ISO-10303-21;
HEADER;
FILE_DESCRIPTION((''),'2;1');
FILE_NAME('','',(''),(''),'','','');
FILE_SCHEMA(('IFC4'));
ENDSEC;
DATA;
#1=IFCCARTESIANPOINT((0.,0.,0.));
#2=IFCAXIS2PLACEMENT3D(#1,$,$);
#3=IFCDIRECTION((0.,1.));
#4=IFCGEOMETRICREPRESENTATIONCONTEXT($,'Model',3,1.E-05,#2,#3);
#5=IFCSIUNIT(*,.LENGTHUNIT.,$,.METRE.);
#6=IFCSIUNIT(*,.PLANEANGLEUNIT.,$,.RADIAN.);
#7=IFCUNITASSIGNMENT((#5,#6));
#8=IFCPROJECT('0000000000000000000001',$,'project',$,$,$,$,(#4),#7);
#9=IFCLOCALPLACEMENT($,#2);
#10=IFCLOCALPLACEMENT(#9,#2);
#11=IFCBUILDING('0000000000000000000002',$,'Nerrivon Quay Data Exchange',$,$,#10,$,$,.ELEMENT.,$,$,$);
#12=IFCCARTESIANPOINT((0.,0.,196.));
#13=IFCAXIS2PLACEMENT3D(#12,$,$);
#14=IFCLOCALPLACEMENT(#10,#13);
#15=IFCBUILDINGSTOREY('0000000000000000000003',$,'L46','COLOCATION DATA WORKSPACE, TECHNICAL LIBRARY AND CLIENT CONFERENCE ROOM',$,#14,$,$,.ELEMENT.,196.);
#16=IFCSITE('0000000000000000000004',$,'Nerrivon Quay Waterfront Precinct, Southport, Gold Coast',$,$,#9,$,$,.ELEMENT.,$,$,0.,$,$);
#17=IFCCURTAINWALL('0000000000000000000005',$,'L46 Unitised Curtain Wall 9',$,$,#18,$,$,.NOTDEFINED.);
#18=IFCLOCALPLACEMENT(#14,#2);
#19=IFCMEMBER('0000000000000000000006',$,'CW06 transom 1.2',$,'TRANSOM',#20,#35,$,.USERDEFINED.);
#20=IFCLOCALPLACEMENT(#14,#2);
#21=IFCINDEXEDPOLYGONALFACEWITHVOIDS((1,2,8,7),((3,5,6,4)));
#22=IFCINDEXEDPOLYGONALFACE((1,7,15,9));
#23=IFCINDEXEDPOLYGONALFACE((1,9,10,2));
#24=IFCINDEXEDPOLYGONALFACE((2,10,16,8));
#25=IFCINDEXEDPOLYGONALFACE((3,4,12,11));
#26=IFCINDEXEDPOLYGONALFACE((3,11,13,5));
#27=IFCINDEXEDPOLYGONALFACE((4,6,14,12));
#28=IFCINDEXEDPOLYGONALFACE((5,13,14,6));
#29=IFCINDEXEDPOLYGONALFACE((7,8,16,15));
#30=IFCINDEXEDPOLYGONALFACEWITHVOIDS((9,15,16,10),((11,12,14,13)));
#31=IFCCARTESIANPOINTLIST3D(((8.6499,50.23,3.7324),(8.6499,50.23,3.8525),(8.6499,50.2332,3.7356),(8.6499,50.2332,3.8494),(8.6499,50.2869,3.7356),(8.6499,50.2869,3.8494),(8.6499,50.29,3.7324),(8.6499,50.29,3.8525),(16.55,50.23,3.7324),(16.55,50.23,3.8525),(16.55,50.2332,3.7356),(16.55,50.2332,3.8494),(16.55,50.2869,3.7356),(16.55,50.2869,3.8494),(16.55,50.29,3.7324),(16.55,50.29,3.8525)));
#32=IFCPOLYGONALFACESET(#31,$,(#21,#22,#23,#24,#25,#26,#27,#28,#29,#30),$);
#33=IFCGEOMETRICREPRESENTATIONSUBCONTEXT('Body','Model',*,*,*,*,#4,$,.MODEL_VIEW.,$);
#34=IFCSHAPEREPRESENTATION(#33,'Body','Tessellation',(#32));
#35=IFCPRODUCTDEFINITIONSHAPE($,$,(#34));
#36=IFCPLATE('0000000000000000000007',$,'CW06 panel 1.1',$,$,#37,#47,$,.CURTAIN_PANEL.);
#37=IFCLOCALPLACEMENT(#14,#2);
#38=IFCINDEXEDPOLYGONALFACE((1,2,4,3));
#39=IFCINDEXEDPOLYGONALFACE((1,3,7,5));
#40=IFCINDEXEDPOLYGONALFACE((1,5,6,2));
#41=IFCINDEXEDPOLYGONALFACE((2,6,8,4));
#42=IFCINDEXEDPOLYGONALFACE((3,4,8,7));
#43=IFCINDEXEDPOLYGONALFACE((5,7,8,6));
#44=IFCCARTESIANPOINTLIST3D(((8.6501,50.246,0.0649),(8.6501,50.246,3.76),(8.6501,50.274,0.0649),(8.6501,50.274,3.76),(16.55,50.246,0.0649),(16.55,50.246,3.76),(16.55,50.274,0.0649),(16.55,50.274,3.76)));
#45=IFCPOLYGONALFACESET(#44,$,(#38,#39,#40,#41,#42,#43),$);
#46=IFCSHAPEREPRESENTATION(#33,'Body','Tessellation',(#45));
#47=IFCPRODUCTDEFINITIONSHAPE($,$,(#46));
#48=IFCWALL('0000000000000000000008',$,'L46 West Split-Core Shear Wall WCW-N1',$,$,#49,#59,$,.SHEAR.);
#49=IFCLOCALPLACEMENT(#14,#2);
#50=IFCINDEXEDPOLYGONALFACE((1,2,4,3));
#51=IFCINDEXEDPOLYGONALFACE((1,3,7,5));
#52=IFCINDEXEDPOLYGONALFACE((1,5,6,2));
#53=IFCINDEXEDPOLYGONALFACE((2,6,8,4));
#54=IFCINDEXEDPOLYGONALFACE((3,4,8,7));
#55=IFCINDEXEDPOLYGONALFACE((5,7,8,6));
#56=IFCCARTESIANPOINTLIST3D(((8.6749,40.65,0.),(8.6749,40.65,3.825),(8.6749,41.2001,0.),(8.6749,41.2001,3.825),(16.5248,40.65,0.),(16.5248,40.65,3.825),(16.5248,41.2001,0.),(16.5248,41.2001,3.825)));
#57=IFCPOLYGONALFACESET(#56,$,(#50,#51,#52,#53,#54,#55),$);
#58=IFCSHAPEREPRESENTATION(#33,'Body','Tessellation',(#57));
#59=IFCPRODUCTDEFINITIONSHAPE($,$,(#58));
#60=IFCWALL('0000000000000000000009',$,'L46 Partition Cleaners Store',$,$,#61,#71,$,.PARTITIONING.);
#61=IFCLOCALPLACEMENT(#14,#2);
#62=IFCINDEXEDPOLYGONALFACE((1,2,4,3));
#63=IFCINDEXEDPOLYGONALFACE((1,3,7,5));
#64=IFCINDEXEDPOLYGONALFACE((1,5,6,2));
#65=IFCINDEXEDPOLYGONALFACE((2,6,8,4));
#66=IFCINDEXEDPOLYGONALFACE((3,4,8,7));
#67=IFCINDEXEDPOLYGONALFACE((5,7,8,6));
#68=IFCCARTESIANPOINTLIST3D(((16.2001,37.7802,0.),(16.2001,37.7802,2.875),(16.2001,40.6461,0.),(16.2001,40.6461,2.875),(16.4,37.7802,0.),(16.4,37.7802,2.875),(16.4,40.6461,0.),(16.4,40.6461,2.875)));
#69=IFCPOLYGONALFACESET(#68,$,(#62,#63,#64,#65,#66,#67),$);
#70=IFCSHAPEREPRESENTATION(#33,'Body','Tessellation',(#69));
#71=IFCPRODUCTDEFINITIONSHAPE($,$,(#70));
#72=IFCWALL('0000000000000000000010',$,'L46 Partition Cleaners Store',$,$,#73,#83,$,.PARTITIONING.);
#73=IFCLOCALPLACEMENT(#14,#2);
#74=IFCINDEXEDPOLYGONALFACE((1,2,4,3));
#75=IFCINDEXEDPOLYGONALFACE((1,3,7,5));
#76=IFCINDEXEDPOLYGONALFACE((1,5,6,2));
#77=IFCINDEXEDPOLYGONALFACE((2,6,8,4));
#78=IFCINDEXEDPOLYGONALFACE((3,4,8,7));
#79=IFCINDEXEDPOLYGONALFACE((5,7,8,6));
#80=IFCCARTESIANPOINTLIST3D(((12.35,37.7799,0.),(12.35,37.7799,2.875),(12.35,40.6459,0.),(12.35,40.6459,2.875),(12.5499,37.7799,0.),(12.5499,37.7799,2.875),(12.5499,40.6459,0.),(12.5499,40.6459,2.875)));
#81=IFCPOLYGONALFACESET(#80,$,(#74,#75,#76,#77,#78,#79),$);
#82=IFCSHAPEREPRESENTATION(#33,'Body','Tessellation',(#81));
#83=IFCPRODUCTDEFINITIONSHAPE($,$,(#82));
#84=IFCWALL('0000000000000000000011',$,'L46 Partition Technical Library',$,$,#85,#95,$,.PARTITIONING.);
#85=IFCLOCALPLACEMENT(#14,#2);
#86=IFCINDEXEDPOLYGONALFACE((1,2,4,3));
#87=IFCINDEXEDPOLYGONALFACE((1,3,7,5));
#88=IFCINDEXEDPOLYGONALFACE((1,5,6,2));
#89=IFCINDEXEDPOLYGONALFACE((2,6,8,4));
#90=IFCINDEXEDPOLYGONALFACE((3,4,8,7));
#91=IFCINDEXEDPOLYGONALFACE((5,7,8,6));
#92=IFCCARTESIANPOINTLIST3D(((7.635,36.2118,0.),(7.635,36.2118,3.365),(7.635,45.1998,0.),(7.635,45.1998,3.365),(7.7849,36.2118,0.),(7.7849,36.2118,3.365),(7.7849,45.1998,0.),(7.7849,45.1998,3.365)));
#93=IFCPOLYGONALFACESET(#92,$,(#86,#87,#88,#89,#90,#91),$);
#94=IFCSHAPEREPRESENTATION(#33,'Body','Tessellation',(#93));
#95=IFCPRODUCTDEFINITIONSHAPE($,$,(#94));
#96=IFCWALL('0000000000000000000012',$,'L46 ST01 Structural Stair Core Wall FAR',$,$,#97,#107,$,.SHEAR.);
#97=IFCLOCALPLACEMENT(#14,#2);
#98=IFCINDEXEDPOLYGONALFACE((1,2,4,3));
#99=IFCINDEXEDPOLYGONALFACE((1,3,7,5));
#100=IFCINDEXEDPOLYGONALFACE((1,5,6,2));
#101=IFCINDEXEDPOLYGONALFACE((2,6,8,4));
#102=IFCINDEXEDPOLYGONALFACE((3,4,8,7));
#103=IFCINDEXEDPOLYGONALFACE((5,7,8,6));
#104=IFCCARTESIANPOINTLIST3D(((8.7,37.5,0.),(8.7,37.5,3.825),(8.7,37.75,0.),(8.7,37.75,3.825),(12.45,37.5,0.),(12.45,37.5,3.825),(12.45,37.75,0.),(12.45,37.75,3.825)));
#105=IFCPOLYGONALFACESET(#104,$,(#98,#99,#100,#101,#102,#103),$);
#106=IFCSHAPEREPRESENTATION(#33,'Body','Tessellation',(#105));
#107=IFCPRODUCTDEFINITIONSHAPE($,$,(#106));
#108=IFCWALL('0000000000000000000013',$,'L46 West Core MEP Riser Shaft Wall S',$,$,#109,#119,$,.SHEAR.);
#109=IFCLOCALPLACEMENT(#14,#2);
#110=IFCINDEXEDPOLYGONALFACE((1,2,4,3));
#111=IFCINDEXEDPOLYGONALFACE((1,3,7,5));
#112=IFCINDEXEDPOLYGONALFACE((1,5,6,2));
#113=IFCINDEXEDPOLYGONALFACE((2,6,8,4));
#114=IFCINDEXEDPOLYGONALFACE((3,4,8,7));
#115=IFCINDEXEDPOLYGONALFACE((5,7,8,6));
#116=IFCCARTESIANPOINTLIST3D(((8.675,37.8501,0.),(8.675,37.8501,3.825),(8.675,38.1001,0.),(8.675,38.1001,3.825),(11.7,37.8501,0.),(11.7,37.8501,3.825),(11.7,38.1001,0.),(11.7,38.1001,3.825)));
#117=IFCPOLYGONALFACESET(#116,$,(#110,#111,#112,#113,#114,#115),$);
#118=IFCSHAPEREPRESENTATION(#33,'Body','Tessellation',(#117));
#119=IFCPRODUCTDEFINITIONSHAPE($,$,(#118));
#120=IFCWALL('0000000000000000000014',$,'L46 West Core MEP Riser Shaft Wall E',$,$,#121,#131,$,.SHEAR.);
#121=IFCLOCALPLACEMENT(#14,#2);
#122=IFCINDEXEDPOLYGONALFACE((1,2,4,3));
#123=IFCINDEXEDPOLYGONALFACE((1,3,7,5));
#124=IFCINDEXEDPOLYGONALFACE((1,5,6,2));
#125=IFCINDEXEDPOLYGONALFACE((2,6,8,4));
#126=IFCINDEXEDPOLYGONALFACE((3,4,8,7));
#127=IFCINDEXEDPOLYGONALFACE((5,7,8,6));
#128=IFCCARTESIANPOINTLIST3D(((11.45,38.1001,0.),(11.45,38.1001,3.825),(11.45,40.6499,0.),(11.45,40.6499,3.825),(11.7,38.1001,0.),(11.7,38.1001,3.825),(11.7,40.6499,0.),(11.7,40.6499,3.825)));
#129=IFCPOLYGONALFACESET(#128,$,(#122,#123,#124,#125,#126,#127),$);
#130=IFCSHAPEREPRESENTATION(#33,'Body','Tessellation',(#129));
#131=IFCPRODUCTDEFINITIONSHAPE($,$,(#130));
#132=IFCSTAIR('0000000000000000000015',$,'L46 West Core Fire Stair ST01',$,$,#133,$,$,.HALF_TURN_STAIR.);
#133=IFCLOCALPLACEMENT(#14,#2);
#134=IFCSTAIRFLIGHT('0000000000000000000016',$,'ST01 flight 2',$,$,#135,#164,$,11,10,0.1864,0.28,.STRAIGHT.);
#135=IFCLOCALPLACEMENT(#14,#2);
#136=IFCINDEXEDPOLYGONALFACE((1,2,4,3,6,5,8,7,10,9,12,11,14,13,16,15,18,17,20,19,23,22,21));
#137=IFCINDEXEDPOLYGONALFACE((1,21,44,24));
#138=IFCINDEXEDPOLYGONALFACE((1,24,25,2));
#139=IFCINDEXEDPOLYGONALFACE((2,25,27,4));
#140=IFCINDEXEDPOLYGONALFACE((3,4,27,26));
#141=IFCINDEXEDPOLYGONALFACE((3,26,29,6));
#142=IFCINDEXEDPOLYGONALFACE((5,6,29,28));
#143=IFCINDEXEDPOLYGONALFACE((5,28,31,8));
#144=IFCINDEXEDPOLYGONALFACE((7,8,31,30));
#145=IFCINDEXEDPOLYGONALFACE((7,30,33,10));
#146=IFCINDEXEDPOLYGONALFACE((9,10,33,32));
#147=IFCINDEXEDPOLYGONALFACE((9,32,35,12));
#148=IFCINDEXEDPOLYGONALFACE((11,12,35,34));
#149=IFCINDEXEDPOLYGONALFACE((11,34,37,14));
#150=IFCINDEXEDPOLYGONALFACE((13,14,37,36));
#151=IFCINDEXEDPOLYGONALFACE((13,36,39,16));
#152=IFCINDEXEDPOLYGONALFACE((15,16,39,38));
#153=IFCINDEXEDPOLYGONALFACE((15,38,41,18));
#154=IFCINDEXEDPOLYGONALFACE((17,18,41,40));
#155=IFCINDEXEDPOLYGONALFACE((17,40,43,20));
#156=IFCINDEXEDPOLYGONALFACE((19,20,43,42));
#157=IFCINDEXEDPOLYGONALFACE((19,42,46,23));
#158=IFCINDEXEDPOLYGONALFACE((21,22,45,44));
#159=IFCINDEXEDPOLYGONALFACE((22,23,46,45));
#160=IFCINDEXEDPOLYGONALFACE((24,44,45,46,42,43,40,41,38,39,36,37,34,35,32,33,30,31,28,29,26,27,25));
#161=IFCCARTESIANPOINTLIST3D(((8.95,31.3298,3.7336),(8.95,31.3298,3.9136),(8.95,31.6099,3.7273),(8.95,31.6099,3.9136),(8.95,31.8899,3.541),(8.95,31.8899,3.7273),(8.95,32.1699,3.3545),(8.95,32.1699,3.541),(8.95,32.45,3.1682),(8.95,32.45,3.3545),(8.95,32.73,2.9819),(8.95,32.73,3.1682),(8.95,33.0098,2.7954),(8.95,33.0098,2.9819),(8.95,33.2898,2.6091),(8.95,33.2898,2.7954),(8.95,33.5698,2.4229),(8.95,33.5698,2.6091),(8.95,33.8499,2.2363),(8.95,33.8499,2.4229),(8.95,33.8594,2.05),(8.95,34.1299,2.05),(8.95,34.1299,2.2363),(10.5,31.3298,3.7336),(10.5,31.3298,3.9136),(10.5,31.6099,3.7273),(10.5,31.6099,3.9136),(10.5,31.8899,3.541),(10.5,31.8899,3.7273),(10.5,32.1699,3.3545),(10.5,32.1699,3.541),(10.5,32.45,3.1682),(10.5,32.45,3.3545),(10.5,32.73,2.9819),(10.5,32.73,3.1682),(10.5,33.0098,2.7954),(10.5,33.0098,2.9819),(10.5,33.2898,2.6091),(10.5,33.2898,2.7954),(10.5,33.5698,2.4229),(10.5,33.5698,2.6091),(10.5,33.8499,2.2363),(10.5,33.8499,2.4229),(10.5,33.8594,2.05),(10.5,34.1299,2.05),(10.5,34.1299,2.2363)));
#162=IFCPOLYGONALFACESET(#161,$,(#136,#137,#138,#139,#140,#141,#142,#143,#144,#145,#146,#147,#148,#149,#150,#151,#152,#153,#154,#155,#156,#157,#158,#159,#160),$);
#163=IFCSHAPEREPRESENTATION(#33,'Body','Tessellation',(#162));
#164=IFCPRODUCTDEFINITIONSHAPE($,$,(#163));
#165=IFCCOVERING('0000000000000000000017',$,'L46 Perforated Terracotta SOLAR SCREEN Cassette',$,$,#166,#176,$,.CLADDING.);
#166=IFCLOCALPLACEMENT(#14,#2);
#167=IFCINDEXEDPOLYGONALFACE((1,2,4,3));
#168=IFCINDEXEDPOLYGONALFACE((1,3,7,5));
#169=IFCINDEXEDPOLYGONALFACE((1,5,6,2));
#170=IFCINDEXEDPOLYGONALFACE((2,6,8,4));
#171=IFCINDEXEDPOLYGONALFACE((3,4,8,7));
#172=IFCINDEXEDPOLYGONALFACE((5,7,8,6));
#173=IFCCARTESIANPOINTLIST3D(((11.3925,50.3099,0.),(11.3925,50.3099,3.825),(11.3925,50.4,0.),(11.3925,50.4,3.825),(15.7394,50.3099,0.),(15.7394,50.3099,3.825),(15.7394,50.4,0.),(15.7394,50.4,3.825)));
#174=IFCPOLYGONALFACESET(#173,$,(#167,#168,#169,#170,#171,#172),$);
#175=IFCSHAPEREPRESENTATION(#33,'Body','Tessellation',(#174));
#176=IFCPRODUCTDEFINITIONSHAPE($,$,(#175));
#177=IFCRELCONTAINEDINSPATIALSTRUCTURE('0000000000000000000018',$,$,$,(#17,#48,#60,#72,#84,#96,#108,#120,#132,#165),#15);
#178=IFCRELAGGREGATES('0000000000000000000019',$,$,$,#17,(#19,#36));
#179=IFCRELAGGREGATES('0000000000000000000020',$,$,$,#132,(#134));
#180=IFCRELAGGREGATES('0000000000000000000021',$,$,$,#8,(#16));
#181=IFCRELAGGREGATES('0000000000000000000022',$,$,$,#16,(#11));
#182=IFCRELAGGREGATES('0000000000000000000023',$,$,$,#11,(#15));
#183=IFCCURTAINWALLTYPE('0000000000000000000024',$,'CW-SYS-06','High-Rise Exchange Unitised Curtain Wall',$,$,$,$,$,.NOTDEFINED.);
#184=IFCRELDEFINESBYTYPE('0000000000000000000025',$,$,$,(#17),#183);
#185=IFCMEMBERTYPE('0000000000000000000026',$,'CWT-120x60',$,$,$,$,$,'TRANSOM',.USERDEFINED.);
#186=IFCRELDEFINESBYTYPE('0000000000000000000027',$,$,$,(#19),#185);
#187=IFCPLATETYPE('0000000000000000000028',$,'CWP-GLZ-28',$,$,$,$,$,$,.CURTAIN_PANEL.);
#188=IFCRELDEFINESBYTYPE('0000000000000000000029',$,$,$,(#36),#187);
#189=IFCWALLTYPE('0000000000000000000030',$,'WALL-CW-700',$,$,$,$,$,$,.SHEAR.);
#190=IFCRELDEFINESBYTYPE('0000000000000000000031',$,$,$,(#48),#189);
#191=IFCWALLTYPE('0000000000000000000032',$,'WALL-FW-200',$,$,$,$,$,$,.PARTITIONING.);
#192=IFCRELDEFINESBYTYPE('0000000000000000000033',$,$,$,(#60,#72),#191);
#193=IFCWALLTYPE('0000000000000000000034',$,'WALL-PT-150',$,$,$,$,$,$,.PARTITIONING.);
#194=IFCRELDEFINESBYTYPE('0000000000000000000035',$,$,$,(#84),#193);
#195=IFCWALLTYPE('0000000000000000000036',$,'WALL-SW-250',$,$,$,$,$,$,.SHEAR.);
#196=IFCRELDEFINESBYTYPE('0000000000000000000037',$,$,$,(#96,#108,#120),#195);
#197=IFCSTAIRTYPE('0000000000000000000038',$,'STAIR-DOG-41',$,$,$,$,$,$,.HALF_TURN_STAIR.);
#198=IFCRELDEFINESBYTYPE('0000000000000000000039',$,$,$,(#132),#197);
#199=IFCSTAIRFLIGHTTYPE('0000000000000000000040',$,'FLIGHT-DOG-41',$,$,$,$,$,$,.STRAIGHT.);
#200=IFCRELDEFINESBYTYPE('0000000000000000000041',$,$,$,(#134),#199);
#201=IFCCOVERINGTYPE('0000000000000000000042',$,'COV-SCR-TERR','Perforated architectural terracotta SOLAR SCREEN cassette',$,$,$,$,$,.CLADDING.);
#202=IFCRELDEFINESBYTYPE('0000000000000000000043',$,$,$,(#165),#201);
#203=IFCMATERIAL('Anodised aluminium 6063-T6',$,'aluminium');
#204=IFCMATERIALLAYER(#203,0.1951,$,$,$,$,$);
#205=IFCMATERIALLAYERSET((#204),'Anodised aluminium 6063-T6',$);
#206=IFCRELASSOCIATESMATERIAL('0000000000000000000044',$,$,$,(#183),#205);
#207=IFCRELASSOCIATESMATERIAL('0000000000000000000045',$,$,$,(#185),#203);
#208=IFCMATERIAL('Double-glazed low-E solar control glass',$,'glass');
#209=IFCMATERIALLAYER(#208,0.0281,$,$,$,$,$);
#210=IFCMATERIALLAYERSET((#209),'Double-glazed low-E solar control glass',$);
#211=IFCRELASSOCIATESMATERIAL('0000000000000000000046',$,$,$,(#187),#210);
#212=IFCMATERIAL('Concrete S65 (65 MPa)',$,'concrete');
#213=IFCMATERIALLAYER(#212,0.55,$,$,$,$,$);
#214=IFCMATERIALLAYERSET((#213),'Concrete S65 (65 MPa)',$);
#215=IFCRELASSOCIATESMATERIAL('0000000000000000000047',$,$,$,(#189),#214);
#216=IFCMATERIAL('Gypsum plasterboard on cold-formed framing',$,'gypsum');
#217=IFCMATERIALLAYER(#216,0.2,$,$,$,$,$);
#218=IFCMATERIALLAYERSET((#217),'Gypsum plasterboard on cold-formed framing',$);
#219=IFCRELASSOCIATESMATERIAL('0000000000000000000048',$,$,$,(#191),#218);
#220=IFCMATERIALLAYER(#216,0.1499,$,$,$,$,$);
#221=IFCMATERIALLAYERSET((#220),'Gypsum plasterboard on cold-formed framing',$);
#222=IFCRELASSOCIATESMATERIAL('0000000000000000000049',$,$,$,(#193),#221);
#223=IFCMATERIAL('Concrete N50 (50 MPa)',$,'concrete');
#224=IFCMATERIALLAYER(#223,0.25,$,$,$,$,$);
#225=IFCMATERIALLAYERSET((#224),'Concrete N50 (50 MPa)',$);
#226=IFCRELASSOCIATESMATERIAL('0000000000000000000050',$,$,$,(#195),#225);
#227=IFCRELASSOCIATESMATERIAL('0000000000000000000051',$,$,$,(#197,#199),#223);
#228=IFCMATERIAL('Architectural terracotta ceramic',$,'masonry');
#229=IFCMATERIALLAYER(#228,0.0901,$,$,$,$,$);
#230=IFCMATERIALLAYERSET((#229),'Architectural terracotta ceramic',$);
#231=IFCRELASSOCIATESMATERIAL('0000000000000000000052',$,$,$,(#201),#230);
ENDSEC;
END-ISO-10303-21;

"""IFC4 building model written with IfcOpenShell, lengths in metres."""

from ifc_helpers import new_model, si_unit, direction, frame, frame_2d, origin, origin_2d, place, context, subcontext, project, spatial, polyline, rectangle, hollow_rectangle, outline, extrude, material, layer, layer_set, material_profile, profile_set, type_object, element, aggregate, save


model = new_model("IFC4")

# Units and contexts
model_context = context("Model", 3, precision=1e-05, world=origin(), true_north=direction((0.0, 1.0)))
body_context = subcontext(model_context, "Body", "Model", "MODEL_VIEW")
ifc_project = project(units=[si_unit("LENGTHUNIT", "METRE"), si_unit("PLANEANGLEUNIT", "RADIAN")], contexts=[model_context])

# Site, building, storey
site_placement = place(None, origin())
site = spatial("IfcSite", under=ifc_project, at=site_placement, Name="Nerrivon Quay Waterfront Precinct, Southport, Gold Coast", CompositionType="ELEMENT", RefElevation=0.0)
building_placement = place(site_placement, origin())
building = spatial("IfcBuilding", under=site, at=building_placement, Name="Nerrivon Quay Data Exchange", CompositionType="ELEMENT")
storey_placement = place(building_placement, frame((0.0, 0.0, 196.0)))
storey = spatial("IfcBuildingStorey", under=building, at=storey_placement, Name="L46", Description="COLOCATION DATA WORKSPACE, TECHNICAL LIBRARY AND CLIENT CONFERENCE ROOM", CompositionType="ELEMENT", Elevation=196.0)

# Shared definitions
ifc_material_1 = material(Name="Concrete S65 (65 MPa)", Category="concrete")

# Shared definitions
ifc_material_2 = material(Name="Concrete N50 (50 MPa)", Category="concrete")

# Shared definitions
ifc_material_3 = material(Name="Anodised aluminium 6063-T6", Category="aluminium")
ifc_layer_1 = layer(ifc_material_3, 0.1951)
ifc_layer_set_1 = layer_set([ifc_layer_1], Name="Anodised aluminium 6063-T6")
curtain_wall_type = type_object("IfcCurtainWallType", Name="CW-SYS-06", Description="High-Rise Exchange Unitised Curtain Wall", PredefinedType="NOTDEFINED", material=ifc_layer_set_1)

# Curtain wall, member, plate
curtain_wall_1_placement = place(storey_placement, origin())
curtain_wall_1 = element("IfcCurtainWall", 1, at=curtain_wall_1_placement, inside=storey, type_object=curtain_wall_type, Name="L46 Unitised Curtain Wall 9", PredefinedType="NOTDEFINED")
ifc_material_profile_1 = material_profile(ifc_material_3, hollow_rectangle(XDim=0.0601, YDim=0.1201, WallThickness=0.0032, at=origin_2d()), Name="ALU-TRAN-120x60")
ifc_profile_set_1 = profile_set([ifc_material_profile_1], Name="Anodised aluminium 6063-T6")
member_type_1 = type_object("IfcMemberType", Name="CWT-120x60", ElementType="TRANSOM", PredefinedType="USERDEFINED", material=ifc_profile_set_1)
member_1_placement = place(storey_placement, frame((8.6499, 50.26, 3.7925), z_axis=(1.0, 0.0, 0.0), x_axis=(0.0, 1.0, 0.0)))
member_1 = element("IfcMember", 2, at=member_1_placement, type_object=member_type_1, Name="CW06 transom 1.2", ObjectType="TRANSOM", PredefinedType="USERDEFINED", context=body_context, shape_type="SweptSolid", body=[
    extrude(hollow_rectangle(XDim=0.0601, YDim=0.1201, WallThickness=0.0032, at=origin_2d()), origin(), (0.0, 0.0, 1.0), 7.9001),
])
ifc_material_4 = material(Name="Double-glazed low-E solar control glass", Category="glass")
ifc_layer_2 = layer(ifc_material_4, 0.0281)
ifc_layer_set_2 = layer_set([ifc_layer_2], Name="Double-glazed low-E solar control glass")
plate_type = type_object("IfcPlateType", Name="CWP-GLZ-28", PredefinedType="CURTAIN_PANEL", material=ifc_layer_set_2)
plate_placement = place(storey_placement, frame((12.6001, 50.26, 0.0649), z_axis=(0.0, 0.0, 1.0), x_axis=(1.0, 0.0, 0.0)))
plate = element("IfcPlate", 3, at=plate_placement, type_object=plate_type, Name="CW06 panel 1.1", PredefinedType="CURTAIN_PANEL", context=body_context, shape_type="SweptSolid", body=[
    extrude(rectangle(XDim=7.8999, YDim=0.0281, at=origin_2d()), origin(), (0.0, 0.0, 1.0), 3.6951),
])
aggregate(curtain_wall_1, [member_1, plate])

# Walls
ifc_layer_3 = layer(ifc_material_1, 0.55)
ifc_layer_set_3 = layer_set([ifc_layer_3], Name="Concrete S65 (65 MPa)")
wall_type_1 = type_object("IfcWallType", Name="WALL-CW-700", PredefinedType="SHEAR", material=ifc_layer_set_3)
wall_1_placement = place(storey_placement, frame((8.675, 40.925, 0.0), z_axis=(0.0, 0.0, 1.0), x_axis=(1.0, 0.0, 0.0)))
element("IfcWall", 4, at=wall_1_placement, inside=storey, type_object=wall_type_1, Name="L46 West Split-Core Shear Wall WCW-N1", PredefinedType="SHEAR", context=body_context, shape_type="SweptSolid", body=[
    extrude(rectangle(XDim=7.8499, YDim=0.55, at=frame_2d((3.9248, 0.0))), origin(), (0.0, 0.0, 1.0), 3.825),
])
ifc_material_5 = material(Name="Gypsum plasterboard on cold-formed framing", Category="gypsum")
ifc_layer_4 = layer(ifc_material_5, 0.2)
ifc_layer_set_4 = layer_set([ifc_layer_4], Name="Gypsum plasterboard on cold-formed framing")
wall_type_2 = type_object("IfcWallType", Name="WALL-FW-200", PredefinedType="PARTITIONING", material=ifc_layer_set_4)
for number, where, z_axis, x_axis, name in (
    (5, (16.3, 37.78, 0.0), (0.0, 0.0, 1.0), (0.0, 1.0, 0.0), "L46 Partition Cleaners Store"),
    (6, (12.45, 40.646, 0.0), (0.0, 0.0, 1.0), (0.0, -1.0, 0.0), "L46 Partition Cleaners Store"),
):
    element("IfcWall", number, at=place(storey_placement, frame(where, z_axis=z_axis, x_axis=x_axis)), inside=storey, type_object=wall_type_2, Name=name, PredefinedType="PARTITIONING", context=body_context, shape_type="SweptSolid", body=[
        extrude(rectangle(XDim=2.866, YDim=0.2, at=frame_2d((1.4331, 0.0))), origin(), (0.0, 0.0, 1.0), 2.875),
    ])
ifc_layer_5 = layer(ifc_material_5, 0.1499)
ifc_layer_set_5 = layer_set([ifc_layer_5], Name="Gypsum plasterboard on cold-formed framing")
wall_type_3 = type_object("IfcWallType", Name="WALL-PT-150", PredefinedType="PARTITIONING", material=ifc_layer_set_5)
wall_2_placement = place(storey_placement, frame((7.71, 45.2, 0.0), z_axis=(0.0, 0.0, 1.0), x_axis=(0.0, -1.0, 0.0)))
element("IfcWall", 7, at=wall_2_placement, inside=storey, type_object=wall_type_3, Name="L46 Partition Technical Library", PredefinedType="PARTITIONING", context=body_context, shape_type="SweptSolid", body=[
    extrude(rectangle(XDim=8.988, YDim=0.1499, at=frame_2d((4.4941, 0.0))), origin(), (0.0, 0.0, 1.0), 3.365),
])
ifc_layer_6 = layer(ifc_material_2, 0.25)
ifc_layer_set_6 = layer_set([ifc_layer_6], Name="Concrete N50 (50 MPa)")
wall_type_4 = type_object("IfcWallType", Name="WALL-SW-250", PredefinedType="SHEAR", material=ifc_layer_set_6)
wall_3_placement = place(storey_placement, frame((12.45, 37.625, 0.0), z_axis=(0.0, 0.0, 1.0), x_axis=(-1.0, 0.0, 0.0)))
element("IfcWall", 8, at=wall_3_placement, inside=storey, type_object=wall_type_4, Name="L46 ST01 Structural Stair Core Wall FAR", PredefinedType="SHEAR", context=body_context, shape_type="SweptSolid", body=[
    extrude(rectangle(XDim=3.75, YDim=0.25, at=frame_2d((1.875, 0.0))), origin(), (0.0, 0.0, 1.0), 3.825),
])
wall_4_placement = place(storey_placement, frame((8.675, 37.9751, 0.0), z_axis=(0.0, 0.0, 1.0), x_axis=(1.0, 0.0, 0.0)))
element("IfcWall", 9, at=wall_4_placement, inside=storey, type_object=wall_type_4, Name="L46 West Core MEP Riser Shaft Wall S", PredefinedType="SHEAR", context=body_context, shape_type="SweptSolid", body=[
    extrude(rectangle(XDim=3.0249, YDim=0.25, at=frame_2d((1.5125, 0.0))), origin(), (0.0, 0.0, 1.0), 3.825),
])
wall_5_placement = place(storey_placement, frame((11.575, 38.1001, 0.0), z_axis=(0.0, 0.0, 1.0), x_axis=(0.0, 1.0, 0.0)))
element("IfcWall", 10, at=wall_5_placement, inside=storey, type_object=wall_type_4, Name="L46 West Core MEP Riser Shaft Wall E", PredefinedType="SHEAR", context=body_context, shape_type="SweptSolid", body=[
    extrude(rectangle(XDim=2.5498, YDim=0.25, at=frame_2d((1.2749, 0.0))), origin(), (0.0, 0.0, 1.0), 3.825),
])

# Stair, stair flight
stair_type = type_object("IfcStairType", Name="STAIR-DOG-41", PredefinedType="HALF_TURN_STAIR", material=ifc_material_2)
stair_placement = place(storey_placement, origin())
stair = element("IfcStair", 11, at=stair_placement, inside=storey, type_object=stair_type, Name="L46 West Core Fire Stair ST01", PredefinedType="HALF_TURN_STAIR")
stair_flight_type = type_object("IfcStairFlightType", Name="FLIGHT-DOG-41", PredefinedType="STRAIGHT", material=ifc_material_2)
stair_flight_placement = place(storey_placement, frame((9.7251, 34.1299, 2.05), z_axis=(0.0, 0.0, 1.0), x_axis=(0.0, -1.0, 0.0)))
stair_flight = element("IfcStairFlight", 12, at=stair_flight_placement, type_object=stair_flight_type, Name="ST01 flight 2", NumberOfRisers=11, NumberOfTreads=10, PredefinedType="STRAIGHT", RiserHeight=0.1864, TreadLength=0.28, context=body_context, shape_type="SweptSolid", body=[
    extrude(outline(polyline([(0.0, 0.0), (0.0, 0.1863), (0.28, 0.1863), (0.28, 0.3728), (0.5601, 0.3728), (0.5601, 0.5591), (0.8401, 0.5591), (0.8401, 0.7454), (1.1201, 0.7454), (1.1201, 0.9319), (1.3999, 0.9319), (1.3999, 1.1182), (1.6799, 1.1182), (1.6799, 1.3044), (1.96, 1.3044), (1.96, 1.491), (2.24, 1.491), (2.24, 1.6772), (2.52, 1.6772), (2.52, 1.8635), (2.8, 1.8635), (2.8, 2.05), (2.8, 1.6836), (0.2705, 0.0), (0.0, 0.0)])), frame((0.0, 0.7749, 0.0), z_axis=(0.0, -1.0, 0.0), x_axis=(1.0, 0.0, 0.0)), (0.0, 0.0, 1.0), 1.55),
])
aggregate(stair, [stair_flight])

# Covering
ifc_material_6 = material(Name="Architectural terracotta ceramic", Category="masonry")
ifc_layer_7 = layer(ifc_material_6, 0.0901)
ifc_layer_set_7 = layer_set([ifc_layer_7], Name="Architectural terracotta ceramic")
covering_type = type_object("IfcCoveringType", Name="COV-SCR-TERR", Description="Perforated architectural terracotta SOLAR SCREEN cassette", PredefinedType="CLADDING", material=ifc_layer_set_7)
covering_placement = place(storey_placement, frame((13.5659, 50.355, 0.0), z_axis=(0.0, 0.0, 1.0), x_axis=(1.0, 0.0, 0.0)))
element("IfcCovering", 13, at=covering_placement, inside=storey, type_object=covering_type, Name="L46 Perforated Terracotta SOLAR SCREEN Cassette", PredefinedType="CLADDING", context=body_context, shape_type="SweptSolid", body=[
    extrude(rectangle(XDim=4.3469, YDim=0.0901, at=origin_2d()), origin(), (0.0, 0.0, 1.0), 3.825),
])

save(model, "model.ifc")
